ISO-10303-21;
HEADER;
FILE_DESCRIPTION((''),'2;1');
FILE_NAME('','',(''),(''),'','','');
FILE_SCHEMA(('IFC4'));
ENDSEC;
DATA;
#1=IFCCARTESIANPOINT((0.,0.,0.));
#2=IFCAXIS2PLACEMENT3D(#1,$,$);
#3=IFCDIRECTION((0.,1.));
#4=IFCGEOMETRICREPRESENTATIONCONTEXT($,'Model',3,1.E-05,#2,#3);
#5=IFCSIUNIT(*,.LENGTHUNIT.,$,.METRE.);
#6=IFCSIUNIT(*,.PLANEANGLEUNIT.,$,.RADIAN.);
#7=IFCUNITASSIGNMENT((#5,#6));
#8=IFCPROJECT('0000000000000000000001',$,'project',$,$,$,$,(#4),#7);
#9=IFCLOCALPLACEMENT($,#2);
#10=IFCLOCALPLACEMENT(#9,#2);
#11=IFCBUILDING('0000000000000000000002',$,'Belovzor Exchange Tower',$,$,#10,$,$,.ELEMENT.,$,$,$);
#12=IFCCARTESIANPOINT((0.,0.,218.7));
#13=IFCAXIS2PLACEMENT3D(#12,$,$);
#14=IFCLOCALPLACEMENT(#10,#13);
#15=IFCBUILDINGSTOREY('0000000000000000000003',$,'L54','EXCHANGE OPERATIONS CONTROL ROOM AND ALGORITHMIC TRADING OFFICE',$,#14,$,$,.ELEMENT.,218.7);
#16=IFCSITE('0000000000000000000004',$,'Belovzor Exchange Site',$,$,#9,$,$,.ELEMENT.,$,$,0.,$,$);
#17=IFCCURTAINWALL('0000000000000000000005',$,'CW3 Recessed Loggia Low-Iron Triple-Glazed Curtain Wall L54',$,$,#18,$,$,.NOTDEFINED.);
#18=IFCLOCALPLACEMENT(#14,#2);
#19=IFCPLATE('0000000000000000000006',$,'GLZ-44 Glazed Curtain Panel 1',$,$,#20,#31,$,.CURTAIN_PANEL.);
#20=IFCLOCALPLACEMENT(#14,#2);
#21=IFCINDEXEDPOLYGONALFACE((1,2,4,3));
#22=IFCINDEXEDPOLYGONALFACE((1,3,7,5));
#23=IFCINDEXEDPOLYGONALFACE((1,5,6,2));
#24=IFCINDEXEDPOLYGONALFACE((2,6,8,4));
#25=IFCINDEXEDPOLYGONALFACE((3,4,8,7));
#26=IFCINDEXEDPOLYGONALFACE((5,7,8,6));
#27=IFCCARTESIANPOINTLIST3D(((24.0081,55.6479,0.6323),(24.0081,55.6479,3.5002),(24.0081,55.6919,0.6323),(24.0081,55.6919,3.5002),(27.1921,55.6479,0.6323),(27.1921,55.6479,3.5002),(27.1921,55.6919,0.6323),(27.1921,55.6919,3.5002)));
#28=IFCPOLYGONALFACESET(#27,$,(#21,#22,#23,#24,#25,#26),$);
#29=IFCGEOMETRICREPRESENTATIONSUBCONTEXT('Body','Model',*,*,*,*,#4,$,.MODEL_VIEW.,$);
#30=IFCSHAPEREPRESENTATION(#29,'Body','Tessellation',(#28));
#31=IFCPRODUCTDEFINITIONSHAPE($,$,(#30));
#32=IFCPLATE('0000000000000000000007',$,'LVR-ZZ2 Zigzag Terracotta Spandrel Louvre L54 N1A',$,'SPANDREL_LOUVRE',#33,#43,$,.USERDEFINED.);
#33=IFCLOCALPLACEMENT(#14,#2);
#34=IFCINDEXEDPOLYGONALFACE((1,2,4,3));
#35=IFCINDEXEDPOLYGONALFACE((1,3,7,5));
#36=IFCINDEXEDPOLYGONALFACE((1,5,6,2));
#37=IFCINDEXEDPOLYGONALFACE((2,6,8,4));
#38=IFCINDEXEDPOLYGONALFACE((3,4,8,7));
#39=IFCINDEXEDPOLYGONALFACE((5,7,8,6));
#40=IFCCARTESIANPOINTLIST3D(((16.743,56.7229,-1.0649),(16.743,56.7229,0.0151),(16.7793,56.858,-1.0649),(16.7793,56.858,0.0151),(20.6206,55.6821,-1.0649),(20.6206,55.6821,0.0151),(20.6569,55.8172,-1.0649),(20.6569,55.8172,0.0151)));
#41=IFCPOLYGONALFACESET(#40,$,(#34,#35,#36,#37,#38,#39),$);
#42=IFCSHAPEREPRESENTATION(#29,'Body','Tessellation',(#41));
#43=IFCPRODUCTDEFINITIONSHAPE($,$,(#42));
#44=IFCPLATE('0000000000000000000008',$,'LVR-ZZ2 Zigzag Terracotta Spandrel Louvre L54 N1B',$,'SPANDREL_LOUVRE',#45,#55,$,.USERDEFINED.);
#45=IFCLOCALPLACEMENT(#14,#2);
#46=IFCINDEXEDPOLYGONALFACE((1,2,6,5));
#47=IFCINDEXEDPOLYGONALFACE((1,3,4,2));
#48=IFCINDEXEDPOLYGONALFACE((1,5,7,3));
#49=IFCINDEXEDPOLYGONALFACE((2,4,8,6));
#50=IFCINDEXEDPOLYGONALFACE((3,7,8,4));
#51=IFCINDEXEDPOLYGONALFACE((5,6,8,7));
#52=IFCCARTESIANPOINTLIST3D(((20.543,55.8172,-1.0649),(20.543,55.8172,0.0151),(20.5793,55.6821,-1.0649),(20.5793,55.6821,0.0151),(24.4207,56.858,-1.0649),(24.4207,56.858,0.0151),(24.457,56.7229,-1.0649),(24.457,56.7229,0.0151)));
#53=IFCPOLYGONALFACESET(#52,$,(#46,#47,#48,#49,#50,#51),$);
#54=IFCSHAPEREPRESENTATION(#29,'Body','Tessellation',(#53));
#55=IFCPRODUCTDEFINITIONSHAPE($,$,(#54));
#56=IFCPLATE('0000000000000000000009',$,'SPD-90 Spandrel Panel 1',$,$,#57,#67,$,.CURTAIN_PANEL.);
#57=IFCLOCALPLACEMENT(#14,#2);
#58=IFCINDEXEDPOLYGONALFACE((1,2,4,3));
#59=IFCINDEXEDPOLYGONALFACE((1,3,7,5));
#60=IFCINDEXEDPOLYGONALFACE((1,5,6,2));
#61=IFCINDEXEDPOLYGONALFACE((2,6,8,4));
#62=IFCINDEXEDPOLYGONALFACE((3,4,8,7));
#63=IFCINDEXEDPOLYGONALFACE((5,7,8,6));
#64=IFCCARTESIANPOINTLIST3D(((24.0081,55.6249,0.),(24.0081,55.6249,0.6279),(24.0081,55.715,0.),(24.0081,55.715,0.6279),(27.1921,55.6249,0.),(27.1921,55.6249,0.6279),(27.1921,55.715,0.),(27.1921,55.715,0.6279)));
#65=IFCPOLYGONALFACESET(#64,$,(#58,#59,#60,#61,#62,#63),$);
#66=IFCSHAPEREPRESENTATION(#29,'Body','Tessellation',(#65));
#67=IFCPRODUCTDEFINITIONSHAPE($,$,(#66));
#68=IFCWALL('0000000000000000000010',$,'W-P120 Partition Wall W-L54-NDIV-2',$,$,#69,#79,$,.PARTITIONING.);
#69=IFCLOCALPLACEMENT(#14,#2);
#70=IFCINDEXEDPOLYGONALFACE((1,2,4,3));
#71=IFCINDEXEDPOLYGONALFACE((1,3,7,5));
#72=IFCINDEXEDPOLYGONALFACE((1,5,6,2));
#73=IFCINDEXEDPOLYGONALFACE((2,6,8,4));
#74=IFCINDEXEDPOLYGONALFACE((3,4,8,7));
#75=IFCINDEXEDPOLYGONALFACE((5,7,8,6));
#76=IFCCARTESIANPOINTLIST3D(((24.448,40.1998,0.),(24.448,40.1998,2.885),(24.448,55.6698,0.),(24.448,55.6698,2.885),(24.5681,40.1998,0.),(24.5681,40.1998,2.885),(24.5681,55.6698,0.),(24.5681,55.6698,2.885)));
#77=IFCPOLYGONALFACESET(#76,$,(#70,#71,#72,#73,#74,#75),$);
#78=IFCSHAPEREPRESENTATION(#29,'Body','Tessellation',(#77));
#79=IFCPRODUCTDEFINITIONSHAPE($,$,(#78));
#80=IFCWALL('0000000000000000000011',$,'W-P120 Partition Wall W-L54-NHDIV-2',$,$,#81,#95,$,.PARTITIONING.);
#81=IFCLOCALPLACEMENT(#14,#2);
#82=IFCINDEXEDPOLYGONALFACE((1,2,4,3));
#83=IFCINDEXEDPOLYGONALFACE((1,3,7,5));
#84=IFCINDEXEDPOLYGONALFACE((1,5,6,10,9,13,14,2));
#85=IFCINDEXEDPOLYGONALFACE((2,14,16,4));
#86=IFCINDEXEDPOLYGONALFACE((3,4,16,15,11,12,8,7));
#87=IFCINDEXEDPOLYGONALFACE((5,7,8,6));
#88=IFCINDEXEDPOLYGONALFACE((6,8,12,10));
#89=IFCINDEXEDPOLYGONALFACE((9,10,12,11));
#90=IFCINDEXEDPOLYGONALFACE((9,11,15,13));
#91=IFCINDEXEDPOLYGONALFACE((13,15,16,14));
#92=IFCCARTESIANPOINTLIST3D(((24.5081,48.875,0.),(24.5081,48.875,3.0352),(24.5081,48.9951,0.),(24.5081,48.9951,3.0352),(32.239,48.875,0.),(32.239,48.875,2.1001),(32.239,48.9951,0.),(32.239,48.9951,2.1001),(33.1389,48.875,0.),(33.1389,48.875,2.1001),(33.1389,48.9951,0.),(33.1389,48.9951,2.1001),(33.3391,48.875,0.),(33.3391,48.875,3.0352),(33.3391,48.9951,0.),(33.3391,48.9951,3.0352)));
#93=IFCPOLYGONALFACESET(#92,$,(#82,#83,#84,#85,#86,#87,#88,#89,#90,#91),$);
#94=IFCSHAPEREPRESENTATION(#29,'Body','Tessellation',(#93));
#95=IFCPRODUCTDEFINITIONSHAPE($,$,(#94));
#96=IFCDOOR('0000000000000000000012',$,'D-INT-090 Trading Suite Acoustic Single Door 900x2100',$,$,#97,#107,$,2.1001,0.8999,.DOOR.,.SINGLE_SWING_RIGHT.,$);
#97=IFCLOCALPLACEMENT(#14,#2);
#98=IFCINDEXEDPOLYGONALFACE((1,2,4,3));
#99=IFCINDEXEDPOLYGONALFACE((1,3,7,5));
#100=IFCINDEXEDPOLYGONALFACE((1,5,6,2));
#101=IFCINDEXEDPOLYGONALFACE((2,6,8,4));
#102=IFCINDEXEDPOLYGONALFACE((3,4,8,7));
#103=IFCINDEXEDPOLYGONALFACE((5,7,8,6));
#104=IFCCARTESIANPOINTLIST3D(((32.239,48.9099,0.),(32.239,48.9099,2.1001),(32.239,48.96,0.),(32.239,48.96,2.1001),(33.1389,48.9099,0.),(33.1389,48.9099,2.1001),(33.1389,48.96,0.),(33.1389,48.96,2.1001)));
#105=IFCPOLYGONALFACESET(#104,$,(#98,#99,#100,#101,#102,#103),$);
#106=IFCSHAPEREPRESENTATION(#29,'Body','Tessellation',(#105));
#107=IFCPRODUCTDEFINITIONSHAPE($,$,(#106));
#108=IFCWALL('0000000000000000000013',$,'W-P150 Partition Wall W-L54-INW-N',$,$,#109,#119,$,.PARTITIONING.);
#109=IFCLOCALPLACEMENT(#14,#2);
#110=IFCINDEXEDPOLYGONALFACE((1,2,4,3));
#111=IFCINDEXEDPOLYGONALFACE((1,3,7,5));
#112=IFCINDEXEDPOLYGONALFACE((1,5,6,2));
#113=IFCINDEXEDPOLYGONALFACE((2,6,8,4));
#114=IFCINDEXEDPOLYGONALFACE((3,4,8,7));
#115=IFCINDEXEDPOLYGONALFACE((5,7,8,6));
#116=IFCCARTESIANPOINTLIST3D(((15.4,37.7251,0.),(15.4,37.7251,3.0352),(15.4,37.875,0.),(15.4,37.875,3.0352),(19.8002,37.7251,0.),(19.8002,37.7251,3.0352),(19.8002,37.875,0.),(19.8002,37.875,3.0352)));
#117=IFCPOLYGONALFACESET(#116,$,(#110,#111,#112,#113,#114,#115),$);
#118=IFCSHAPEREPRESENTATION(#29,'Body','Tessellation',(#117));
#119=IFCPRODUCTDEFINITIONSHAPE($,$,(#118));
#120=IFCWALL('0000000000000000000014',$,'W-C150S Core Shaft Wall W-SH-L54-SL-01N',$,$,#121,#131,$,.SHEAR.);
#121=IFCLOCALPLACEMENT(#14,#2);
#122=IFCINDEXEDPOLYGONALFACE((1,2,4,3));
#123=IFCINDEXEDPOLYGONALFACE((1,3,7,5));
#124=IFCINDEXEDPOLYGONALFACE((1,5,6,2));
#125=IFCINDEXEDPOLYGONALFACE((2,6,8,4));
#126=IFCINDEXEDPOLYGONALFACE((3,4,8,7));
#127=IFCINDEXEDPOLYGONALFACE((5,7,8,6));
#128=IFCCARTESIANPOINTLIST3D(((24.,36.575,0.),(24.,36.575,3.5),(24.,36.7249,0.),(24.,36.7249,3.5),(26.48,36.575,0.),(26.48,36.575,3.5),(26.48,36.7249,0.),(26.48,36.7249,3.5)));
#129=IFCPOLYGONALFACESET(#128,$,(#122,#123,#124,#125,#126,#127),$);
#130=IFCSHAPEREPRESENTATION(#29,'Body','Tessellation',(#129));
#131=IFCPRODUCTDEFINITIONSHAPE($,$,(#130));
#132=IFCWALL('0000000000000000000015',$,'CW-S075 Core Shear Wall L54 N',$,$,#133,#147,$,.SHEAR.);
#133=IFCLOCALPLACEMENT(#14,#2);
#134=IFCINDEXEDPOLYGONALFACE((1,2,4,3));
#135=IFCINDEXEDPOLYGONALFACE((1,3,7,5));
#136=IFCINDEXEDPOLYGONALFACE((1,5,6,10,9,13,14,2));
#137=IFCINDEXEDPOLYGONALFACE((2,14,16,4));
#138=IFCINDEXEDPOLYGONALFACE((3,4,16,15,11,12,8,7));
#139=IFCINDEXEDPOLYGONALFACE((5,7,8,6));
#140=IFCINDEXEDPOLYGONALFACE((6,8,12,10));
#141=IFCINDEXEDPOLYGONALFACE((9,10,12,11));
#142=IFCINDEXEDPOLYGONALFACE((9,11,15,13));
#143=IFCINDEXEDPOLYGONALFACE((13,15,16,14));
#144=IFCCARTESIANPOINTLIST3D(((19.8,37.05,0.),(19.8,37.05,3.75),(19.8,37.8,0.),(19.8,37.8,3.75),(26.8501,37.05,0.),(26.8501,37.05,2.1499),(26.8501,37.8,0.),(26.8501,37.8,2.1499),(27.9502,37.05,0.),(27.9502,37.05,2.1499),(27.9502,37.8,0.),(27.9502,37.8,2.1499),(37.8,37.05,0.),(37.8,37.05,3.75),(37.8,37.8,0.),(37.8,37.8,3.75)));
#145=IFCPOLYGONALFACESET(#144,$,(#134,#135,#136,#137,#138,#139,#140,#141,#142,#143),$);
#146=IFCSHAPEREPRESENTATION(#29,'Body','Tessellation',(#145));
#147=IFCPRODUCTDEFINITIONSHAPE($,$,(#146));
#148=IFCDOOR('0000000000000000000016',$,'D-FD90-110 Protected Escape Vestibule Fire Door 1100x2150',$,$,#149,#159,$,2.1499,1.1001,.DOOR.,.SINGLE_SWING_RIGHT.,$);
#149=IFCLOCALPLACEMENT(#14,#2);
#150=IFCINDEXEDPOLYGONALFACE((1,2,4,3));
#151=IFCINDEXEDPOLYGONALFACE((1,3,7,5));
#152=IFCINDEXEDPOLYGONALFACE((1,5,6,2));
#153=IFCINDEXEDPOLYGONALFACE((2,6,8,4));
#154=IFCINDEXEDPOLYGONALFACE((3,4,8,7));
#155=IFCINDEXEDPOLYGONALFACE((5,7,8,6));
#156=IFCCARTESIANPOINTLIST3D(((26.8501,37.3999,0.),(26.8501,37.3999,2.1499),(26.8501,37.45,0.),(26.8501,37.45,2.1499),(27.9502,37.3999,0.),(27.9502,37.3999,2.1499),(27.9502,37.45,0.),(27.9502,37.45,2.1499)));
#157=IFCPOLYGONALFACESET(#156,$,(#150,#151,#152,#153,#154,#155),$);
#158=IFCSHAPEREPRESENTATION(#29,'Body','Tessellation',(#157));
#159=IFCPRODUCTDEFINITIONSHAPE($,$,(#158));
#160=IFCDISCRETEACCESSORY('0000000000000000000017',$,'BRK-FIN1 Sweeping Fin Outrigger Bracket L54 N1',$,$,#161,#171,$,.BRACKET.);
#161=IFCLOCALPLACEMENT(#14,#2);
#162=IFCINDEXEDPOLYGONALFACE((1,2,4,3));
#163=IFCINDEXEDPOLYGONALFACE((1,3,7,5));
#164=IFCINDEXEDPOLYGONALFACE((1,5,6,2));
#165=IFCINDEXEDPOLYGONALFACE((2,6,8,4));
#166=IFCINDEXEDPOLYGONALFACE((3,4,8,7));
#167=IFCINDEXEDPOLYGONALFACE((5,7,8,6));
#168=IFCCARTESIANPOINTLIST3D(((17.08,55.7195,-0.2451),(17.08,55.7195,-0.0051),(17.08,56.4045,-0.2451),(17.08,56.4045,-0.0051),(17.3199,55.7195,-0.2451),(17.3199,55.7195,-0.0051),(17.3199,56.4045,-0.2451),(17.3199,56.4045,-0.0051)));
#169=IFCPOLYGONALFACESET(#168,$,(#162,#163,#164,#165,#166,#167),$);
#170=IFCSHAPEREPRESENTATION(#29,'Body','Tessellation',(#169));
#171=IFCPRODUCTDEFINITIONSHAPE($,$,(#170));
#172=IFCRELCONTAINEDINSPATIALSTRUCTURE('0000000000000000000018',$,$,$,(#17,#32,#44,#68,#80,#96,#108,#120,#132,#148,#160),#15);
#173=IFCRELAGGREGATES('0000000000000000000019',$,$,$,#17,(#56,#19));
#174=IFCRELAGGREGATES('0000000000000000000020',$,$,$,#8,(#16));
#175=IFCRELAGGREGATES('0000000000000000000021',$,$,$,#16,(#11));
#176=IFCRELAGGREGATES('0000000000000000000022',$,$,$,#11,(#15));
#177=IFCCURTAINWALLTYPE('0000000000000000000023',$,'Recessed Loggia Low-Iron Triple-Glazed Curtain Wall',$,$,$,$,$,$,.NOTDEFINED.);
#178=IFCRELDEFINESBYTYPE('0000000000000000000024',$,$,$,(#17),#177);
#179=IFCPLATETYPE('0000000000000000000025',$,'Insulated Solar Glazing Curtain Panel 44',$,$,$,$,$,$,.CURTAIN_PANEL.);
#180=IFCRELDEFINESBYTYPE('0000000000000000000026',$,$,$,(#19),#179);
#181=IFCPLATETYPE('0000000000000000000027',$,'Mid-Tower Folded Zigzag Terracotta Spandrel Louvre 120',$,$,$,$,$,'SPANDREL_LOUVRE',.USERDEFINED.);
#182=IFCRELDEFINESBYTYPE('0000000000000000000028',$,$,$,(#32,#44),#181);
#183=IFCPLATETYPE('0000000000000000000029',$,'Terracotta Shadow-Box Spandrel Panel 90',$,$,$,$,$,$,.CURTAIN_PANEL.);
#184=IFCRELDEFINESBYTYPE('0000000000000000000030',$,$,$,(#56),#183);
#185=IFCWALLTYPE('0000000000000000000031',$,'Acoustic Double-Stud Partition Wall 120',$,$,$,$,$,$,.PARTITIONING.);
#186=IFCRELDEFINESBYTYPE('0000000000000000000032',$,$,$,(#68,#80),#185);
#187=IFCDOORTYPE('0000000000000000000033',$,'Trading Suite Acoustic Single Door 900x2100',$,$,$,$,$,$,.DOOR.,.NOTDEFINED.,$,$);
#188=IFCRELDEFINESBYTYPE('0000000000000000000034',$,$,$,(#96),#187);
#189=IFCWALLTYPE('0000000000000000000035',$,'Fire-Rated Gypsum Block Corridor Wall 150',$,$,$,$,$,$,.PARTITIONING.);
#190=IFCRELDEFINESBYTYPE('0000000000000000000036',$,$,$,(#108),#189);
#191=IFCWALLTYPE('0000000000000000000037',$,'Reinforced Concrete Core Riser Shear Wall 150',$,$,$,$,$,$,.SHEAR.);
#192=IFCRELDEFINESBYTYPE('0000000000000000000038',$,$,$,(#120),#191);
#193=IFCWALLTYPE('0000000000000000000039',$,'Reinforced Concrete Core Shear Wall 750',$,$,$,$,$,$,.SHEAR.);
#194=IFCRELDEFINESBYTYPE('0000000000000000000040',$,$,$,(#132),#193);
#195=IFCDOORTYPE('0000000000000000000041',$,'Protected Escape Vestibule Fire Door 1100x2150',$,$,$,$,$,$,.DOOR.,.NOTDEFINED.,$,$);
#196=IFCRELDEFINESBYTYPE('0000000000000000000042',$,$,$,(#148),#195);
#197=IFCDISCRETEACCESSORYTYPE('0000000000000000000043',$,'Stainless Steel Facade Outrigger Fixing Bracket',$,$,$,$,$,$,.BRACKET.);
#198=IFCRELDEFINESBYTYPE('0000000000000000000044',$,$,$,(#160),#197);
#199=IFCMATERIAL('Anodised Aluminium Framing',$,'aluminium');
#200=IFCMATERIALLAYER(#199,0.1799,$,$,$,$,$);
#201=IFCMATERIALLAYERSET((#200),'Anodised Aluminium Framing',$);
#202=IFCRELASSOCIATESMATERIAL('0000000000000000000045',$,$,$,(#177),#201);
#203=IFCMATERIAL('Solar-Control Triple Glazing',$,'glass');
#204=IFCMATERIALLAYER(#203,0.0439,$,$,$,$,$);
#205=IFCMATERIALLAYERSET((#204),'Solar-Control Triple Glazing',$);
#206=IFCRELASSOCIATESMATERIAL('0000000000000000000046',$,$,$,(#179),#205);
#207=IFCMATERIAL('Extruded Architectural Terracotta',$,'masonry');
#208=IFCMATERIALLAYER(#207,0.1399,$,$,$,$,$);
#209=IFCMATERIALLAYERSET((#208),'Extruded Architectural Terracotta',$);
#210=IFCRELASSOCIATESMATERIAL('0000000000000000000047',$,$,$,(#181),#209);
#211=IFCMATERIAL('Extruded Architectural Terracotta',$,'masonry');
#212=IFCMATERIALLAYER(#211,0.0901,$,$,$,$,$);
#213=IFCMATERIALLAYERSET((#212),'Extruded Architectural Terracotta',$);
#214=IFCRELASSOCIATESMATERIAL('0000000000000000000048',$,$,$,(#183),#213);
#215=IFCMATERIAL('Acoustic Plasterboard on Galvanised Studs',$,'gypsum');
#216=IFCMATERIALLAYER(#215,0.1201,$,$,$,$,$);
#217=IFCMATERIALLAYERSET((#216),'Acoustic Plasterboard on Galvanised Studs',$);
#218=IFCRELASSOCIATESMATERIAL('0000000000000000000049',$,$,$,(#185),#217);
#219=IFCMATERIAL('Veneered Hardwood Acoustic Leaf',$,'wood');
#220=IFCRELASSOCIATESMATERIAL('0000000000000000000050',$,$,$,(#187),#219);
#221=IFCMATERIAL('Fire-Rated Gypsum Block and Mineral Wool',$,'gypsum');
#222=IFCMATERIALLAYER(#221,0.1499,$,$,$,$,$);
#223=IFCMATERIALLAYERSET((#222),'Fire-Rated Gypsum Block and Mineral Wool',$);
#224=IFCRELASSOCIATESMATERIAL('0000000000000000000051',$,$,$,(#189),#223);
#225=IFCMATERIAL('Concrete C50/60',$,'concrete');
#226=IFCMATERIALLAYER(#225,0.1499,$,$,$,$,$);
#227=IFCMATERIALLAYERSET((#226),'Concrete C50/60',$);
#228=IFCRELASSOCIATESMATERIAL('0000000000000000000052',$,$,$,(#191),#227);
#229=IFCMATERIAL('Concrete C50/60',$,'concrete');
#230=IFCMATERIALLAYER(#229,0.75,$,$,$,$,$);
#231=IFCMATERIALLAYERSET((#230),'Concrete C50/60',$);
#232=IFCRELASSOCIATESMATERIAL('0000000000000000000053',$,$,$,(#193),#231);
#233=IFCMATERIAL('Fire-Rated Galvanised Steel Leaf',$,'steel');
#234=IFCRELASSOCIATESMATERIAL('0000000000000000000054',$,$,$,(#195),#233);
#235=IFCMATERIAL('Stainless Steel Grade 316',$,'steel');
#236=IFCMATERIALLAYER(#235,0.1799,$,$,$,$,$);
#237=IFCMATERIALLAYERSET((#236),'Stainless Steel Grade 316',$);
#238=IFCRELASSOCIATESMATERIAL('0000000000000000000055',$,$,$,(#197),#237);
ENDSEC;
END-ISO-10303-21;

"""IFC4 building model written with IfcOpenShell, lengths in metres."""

from ifc_helpers import new_model, si_unit, direction, frame, frame_2d, origin, origin_2d, place, context, subcontext, project, spatial, rectangle, extrude, material, layer, layer_set, type_object, element, fill, aggregate, save


model = new_model("IFC4")

# Units and contexts
model_context = context("Model", 3, precision=1e-05, world=origin(), true_north=direction((0.0, 1.0)))
body_context = subcontext(model_context, "Body", "Model", "MODEL_VIEW")
ifc_project = project(units=[si_unit("LENGTHUNIT", "METRE"), si_unit("PLANEANGLEUNIT", "RADIAN")], contexts=[model_context])

# Site, building, storey
site_placement = place(None, origin())
site = spatial("IfcSite", under=ifc_project, at=site_placement, Name="Belovzor Exchange Site", CompositionType="ELEMENT", RefElevation=0.0)
building_placement = place(site_placement, origin())
building = spatial("IfcBuilding", under=site, at=building_placement, Name="Belovzor Exchange Tower", CompositionType="ELEMENT")
storey_placement = place(building_placement, frame((0.0, 0.0, 218.7)))
storey = spatial("IfcBuildingStorey", under=building, at=storey_placement, Name="L54", Description="EXCHANGE OPERATIONS CONTROL ROOM AND ALGORITHMIC TRADING OFFICE", CompositionType="ELEMENT", Elevation=218.7)

# Curtain wall
ifc_material_1 = material(Name="Anodised Aluminium Framing", Category="aluminium")
ifc_layer_1 = layer(ifc_material_1, 0.1799)
ifc_layer_set_1 = layer_set([ifc_layer_1], Name="Anodised Aluminium Framing")
curtain_wall_type = type_object("IfcCurtainWallType", Name="Recessed Loggia Low-Iron Triple-Glazed Curtain Wall", PredefinedType="NOTDEFINED", material=ifc_layer_set_1)
curtain_wall_placement = place(storey_placement, origin())
curtain_wall = element("IfcCurtainWall", 1, at=curtain_wall_placement, inside=storey, type_object=curtain_wall_type, Name="CW3 Recessed Loggia Low-Iron Triple-Glazed Curtain Wall L54", PredefinedType="NOTDEFINED")

# Plate
ifc_material_2 = material(Name="Solar-Control Triple Glazing", Category="glass")
ifc_layer_2 = layer(ifc_material_2, 0.0439)
ifc_layer_set_2 = layer_set([ifc_layer_2], Name="Solar-Control Triple Glazing")
plate_type_1 = type_object("IfcPlateType", Name="Insulated Solar Glazing Curtain Panel 44", PredefinedType="CURTAIN_PANEL", material=ifc_layer_set_2)
plate_1_placement = place(storey_placement, frame((25.6001, 55.6699, 0.6323), z_axis=(0.0, 0.0, 1.0), x_axis=(1.0, 0.0, 0.0)))
plate_1 = element("IfcPlate", 2, at=plate_1_placement, type_object=plate_type_1, Name="GLZ-44 Glazed Curtain Panel 1", PredefinedType="CURTAIN_PANEL", context=body_context, shape_type="SweptSolid", body=[
    extrude(rectangle(XDim=3.1841, YDim=0.0439, at=origin_2d()), origin(), (0.0, 0.0, 1.0), 2.8679),
])

# Plates
ifc_material_3 = material(Name="Extruded Architectural Terracotta", Category="masonry")
ifc_layer_3 = layer(ifc_material_3, 0.1399)
ifc_layer_set_3 = layer_set([ifc_layer_3], Name="Extruded Architectural Terracotta")
plate_type_2 = type_object("IfcPlateType", Name="Mid-Tower Folded Zigzag Terracotta Spandrel Louvre 120", ElementType="SPANDREL_LOUVRE", PredefinedType="USERDEFINED", material=ifc_layer_set_3)
for number, where, z_axis, x_axis, name in (
    (3, (18.7, 56.27, -1.0649), (0.0, 0.0, 1.0), (0.965813, -0.25924, 0.0), "LVR-ZZ2 Zigzag Terracotta Spandrel Louvre L54 N1A"),
    (4, (22.5, 56.27, -1.0649), (0.0, 0.0, 1.0), (0.965813, 0.25924, 0.0), "LVR-ZZ2 Zigzag Terracotta Spandrel Louvre L54 N1B"),
):
    element("IfcPlate", number, at=place(storey_placement, frame(where, z_axis=z_axis, x_axis=x_axis)), inside=storey, type_object=plate_type_2, Name=name, ObjectType="SPANDREL_LOUVRE", PredefinedType="USERDEFINED", context=body_context, shape_type="SweptSolid", body=[
        extrude(rectangle(XDim=4.0149, YDim=0.1399, at=origin_2d()), origin(), (0.0, 0.0, 1.0), 1.0801),
    ])

# Plate
ifc_material_4 = material(Name="Extruded Architectural Terracotta", Category="masonry")
ifc_layer_4 = layer(ifc_material_4, 0.0901)
ifc_layer_set_4 = layer_set([ifc_layer_4], Name="Extruded Architectural Terracotta")
plate_type_3 = type_object("IfcPlateType", Name="Terracotta Shadow-Box Spandrel Panel 90", PredefinedType="CURTAIN_PANEL", material=ifc_layer_set_4)
plate_2_placement = place(storey_placement, frame((25.6001, 55.6699, 0.0), z_axis=(0.0, 0.0, 1.0), x_axis=(1.0, 0.0, 0.0)))
plate_2 = element("IfcPlate", 5, at=plate_2_placement, type_object=plate_type_3, Name="SPD-90 Spandrel Panel 1", PredefinedType="CURTAIN_PANEL", context=body_context, shape_type="SweptSolid", body=[
    extrude(rectangle(XDim=3.1841, YDim=0.0901, at=origin_2d()), origin(), (0.0, 0.0, 1.0), 0.6279),
])
aggregate(curtain_wall, [plate_2, plate_1])

# Wall
ifc_material_5 = material(Name="Acoustic Plasterboard on Galvanised Studs", Category="gypsum")
ifc_layer_5 = layer(ifc_material_5, 0.1201)
ifc_layer_set_5 = layer_set([ifc_layer_5], Name="Acoustic Plasterboard on Galvanised Studs")
wall_type_1 = type_object("IfcWallType", Name="Acoustic Double-Stud Partition Wall 120", PredefinedType="PARTITIONING", material=ifc_layer_set_5)
wall_1_placement = place(storey_placement, frame((24.5081, 40.2, 0.0), z_axis=(0.0, 0.0, 1.0), x_axis=(0.0, 1.0, 0.0)))
element("IfcWall", 6, at=wall_1_placement, inside=storey, type_object=wall_type_1, Name="W-P120 Partition Wall W-L54-NDIV-2", PredefinedType="PARTITIONING", context=body_context, shape_type="SweptSolid", body=[
    extrude(rectangle(XDim=15.47, YDim=0.1201, at=frame_2d((7.7349, 0.0))), origin(), (0.0, 0.0, 1.0), 2.885),
])

# Wall, opening, door
wall_2_placement = place(storey_placement, frame((24.5081, 48.9351, 0.0), z_axis=(0.0, 0.0, 1.0), x_axis=(1.0, 0.0, 0.0)))
wall_2 = element("IfcWall", 7, at=wall_2_placement, inside=storey, type_object=wall_type_1, Name="W-P120 Partition Wall W-L54-NHDIV-2", PredefinedType="PARTITIONING", context=body_context, shape_type="SweptSolid", body=[
    extrude(rectangle(XDim=8.8311, YDim=0.1201, at=frame_2d((4.4155, 0.0))), origin(), (0.0, 0.0, 1.0), 3.0352),
])
opening_1_placement = place(wall_2_placement, frame((7.731, 0.0, 0.0)))
opening_1 = element("IfcOpeningElement", 8, at=opening_1_placement, cuts=wall_2, PredefinedType="OPENING", context=body_context, shape_type="SweptSolid", body=[
    extrude(rectangle(XDim=0.8999, YDim=2.1001, at=frame_2d((0.45, 1.05))), frame((0.0, 0.0701, 0.0), z_axis=(0.0, -1.0, 0.0), x_axis=(1.0, 0.0, 0.0)), (0.0, 0.0, 1.0), 0.1401),
])
ifc_material_6 = material(Name="Veneered Hardwood Acoustic Leaf", Category="wood")
door_type_1 = type_object("IfcDoorType", Name="Trading Suite Acoustic Single Door 900x2100", OperationType="NOTDEFINED", PredefinedType="DOOR", material=ifc_material_6)
door_1_placement = place(opening_1_placement, origin())
door_1 = element("IfcDoor", 9, at=door_1_placement, inside=storey, type_object=door_type_1, Name="D-INT-090 Trading Suite Acoustic Single Door 900x2100", OperationType="SINGLE_SWING_RIGHT", OverallHeight=2.1001, OverallWidth=0.8999, PredefinedType="DOOR", context=body_context, shape_type="SweptSolid", body=[
    extrude(rectangle(XDim=0.8999, YDim=2.1001, at=frame_2d((0.45, 1.05))), frame((0.0, 0.0249, 0.0), z_axis=(0.0, -1.0, 0.0), x_axis=(1.0, 0.0, 0.0)), (0.0, 0.0, 1.0), 0.05),
])
fill(opening_1, door_1)

# Walls
ifc_material_7 = material(Name="Fire-Rated Gypsum Block and Mineral Wool", Category="gypsum")
ifc_layer_6 = layer(ifc_material_7, 0.1499)
ifc_layer_set_6 = layer_set([ifc_layer_6], Name="Fire-Rated Gypsum Block and Mineral Wool")
wall_type_2 = type_object("IfcWallType", Name="Fire-Rated Gypsum Block Corridor Wall 150", PredefinedType="PARTITIONING", material=ifc_layer_set_6)
wall_3_placement = place(storey_placement, frame((15.3999, 37.8, 0.0), z_axis=(0.0, 0.0, 1.0), x_axis=(1.0, 0.0, 0.0)))
element("IfcWall", 10, at=wall_3_placement, inside=storey, type_object=wall_type_2, Name="W-P150 Partition Wall W-L54-INW-N", PredefinedType="PARTITIONING", context=body_context, shape_type="SweptSolid", body=[
    extrude(rectangle(XDim=4.4001, YDim=0.1499, at=frame_2d((2.2002, 0.0))), origin(), (0.0, 0.0, 1.0), 3.0352),
])
ifc_material_8 = material(Name="Concrete C50/60", Category="concrete")
ifc_layer_7 = layer(ifc_material_8, 0.1499)
ifc_layer_set_7 = layer_set([ifc_layer_7], Name="Concrete C50/60")
wall_type_3 = type_object("IfcWallType", Name="Reinforced Concrete Core Riser Shear Wall 150", PredefinedType="SHEAR", material=ifc_layer_set_7)
wall_4_placement = place(storey_placement, frame((24.0, 36.6499, 0.0), z_axis=(0.0, 0.0, 1.0), x_axis=(1.0, 0.0, 0.0)))
element("IfcWall", 11, at=wall_4_placement, inside=storey, type_object=wall_type_3, Name="W-C150S Core Shaft Wall W-SH-L54-SL-01N", PredefinedType="SHEAR", context=body_context, shape_type="SweptSolid", body=[
    extrude(rectangle(XDim=2.48, YDim=0.1499, at=frame_2d((1.24, 0.0))), origin(), (0.0, 0.0, 1.0), 3.5),
])

# Wall, opening, door
ifc_material_9 = material(Name="Concrete C50/60", Category="concrete")
ifc_layer_8 = layer(ifc_material_9, 0.75)
ifc_layer_set_8 = layer_set([ifc_layer_8], Name="Concrete C50/60")
wall_type_4 = type_object("IfcWallType", Name="Reinforced Concrete Core Shear Wall 750", PredefinedType="SHEAR", material=ifc_layer_set_8)
wall_5_placement = place(storey_placement, frame((19.8, 37.425, 0.0), z_axis=(0.0, 0.0, 1.0), x_axis=(1.0, 0.0, 0.0)))
wall_5 = element("IfcWall", 12, at=wall_5_placement, inside=storey, type_object=wall_type_4, Name="CW-S075 Core Shear Wall L54 N", PredefinedType="SHEAR", context=body_context, shape_type="SweptSolid", body=[
    extrude(rectangle(XDim=18.0, YDim=0.75, at=frame_2d((9.0, 0.0))), origin(), (0.0, 0.0, 1.0), 3.75),
])
opening_2_placement = place(wall_5_placement, frame((7.05, 0.0, 0.0)))
opening_2 = element("IfcOpeningElement", 13, at=opening_2_placement, cuts=wall_5, PredefinedType="OPENING", context=body_context, shape_type="SweptSolid", body=[
    extrude(rectangle(XDim=1.1001, YDim=2.1499, at=frame_2d((0.55, 1.075))), frame((0.0, 0.385, 0.0), z_axis=(0.0, -1.0, 0.0), x_axis=(1.0, 0.0, 0.0)), (0.0, 0.0, 1.0), 0.77),
])
ifc_material_10 = material(Name="Fire-Rated Galvanised Steel Leaf", Category="steel")
door_type_2 = type_object("IfcDoorType", Name="Protected Escape Vestibule Fire Door 1100x2150", OperationType="NOTDEFINED", PredefinedType="DOOR", material=ifc_material_10)
door_2_placement = place(opening_2_placement, origin())
door_2 = element("IfcDoor", 14, at=door_2_placement, inside=storey, type_object=door_type_2, Name="D-FD90-110 Protected Escape Vestibule Fire Door 1100x2150", OperationType="SINGLE_SWING_RIGHT", OverallHeight=2.1499, OverallWidth=1.1001, PredefinedType="DOOR", context=body_context, shape_type="SweptSolid", body=[
    extrude(rectangle(XDim=1.1001, YDim=2.1499, at=frame_2d((0.55, 1.075))), frame((0.0, 0.0249, 0.0), z_axis=(0.0, -1.0, 0.0), x_axis=(1.0, 0.0, 0.0)), (0.0, 0.0, 1.0), 0.05),
])
fill(opening_2, door_2)

# Discrete accessory
ifc_material_11 = material(Name="Stainless Steel Grade 316", Category="steel")
ifc_layer_9 = layer(ifc_material_11, 0.1799)
ifc_layer_set_9 = layer_set([ifc_layer_9], Name="Stainless Steel Grade 316")
discrete_accessory_type = type_object("IfcDiscreteAccessoryType", Name="Stainless Steel Facade Outrigger Fixing Bracket", PredefinedType="BRACKET", material=ifc_layer_set_9)
for number, where, z_axis, x_axis, name in (
    (15, (17.2, 56.062, -0.2451), (0.0, 0.0, 1.0), (0.0, 1.0, 0.0), "BRK-FIN1 Sweeping Fin Outrigger Bracket L54 N1"),
):
    element("IfcDiscreteAccessory", number, at=place(storey_placement, frame(where, z_axis=z_axis, x_axis=x_axis)), inside=storey, type_object=discrete_accessory_type, Name=name, PredefinedType="BRACKET", context=body_context, shape_type="SweptSolid", body=[
        extrude(rectangle(XDim=0.6851, YDim=0.24, at=origin_2d()), origin(), (0.0, 0.0, 1.0), 0.24),
    ])

save(model, "model.ifc")
